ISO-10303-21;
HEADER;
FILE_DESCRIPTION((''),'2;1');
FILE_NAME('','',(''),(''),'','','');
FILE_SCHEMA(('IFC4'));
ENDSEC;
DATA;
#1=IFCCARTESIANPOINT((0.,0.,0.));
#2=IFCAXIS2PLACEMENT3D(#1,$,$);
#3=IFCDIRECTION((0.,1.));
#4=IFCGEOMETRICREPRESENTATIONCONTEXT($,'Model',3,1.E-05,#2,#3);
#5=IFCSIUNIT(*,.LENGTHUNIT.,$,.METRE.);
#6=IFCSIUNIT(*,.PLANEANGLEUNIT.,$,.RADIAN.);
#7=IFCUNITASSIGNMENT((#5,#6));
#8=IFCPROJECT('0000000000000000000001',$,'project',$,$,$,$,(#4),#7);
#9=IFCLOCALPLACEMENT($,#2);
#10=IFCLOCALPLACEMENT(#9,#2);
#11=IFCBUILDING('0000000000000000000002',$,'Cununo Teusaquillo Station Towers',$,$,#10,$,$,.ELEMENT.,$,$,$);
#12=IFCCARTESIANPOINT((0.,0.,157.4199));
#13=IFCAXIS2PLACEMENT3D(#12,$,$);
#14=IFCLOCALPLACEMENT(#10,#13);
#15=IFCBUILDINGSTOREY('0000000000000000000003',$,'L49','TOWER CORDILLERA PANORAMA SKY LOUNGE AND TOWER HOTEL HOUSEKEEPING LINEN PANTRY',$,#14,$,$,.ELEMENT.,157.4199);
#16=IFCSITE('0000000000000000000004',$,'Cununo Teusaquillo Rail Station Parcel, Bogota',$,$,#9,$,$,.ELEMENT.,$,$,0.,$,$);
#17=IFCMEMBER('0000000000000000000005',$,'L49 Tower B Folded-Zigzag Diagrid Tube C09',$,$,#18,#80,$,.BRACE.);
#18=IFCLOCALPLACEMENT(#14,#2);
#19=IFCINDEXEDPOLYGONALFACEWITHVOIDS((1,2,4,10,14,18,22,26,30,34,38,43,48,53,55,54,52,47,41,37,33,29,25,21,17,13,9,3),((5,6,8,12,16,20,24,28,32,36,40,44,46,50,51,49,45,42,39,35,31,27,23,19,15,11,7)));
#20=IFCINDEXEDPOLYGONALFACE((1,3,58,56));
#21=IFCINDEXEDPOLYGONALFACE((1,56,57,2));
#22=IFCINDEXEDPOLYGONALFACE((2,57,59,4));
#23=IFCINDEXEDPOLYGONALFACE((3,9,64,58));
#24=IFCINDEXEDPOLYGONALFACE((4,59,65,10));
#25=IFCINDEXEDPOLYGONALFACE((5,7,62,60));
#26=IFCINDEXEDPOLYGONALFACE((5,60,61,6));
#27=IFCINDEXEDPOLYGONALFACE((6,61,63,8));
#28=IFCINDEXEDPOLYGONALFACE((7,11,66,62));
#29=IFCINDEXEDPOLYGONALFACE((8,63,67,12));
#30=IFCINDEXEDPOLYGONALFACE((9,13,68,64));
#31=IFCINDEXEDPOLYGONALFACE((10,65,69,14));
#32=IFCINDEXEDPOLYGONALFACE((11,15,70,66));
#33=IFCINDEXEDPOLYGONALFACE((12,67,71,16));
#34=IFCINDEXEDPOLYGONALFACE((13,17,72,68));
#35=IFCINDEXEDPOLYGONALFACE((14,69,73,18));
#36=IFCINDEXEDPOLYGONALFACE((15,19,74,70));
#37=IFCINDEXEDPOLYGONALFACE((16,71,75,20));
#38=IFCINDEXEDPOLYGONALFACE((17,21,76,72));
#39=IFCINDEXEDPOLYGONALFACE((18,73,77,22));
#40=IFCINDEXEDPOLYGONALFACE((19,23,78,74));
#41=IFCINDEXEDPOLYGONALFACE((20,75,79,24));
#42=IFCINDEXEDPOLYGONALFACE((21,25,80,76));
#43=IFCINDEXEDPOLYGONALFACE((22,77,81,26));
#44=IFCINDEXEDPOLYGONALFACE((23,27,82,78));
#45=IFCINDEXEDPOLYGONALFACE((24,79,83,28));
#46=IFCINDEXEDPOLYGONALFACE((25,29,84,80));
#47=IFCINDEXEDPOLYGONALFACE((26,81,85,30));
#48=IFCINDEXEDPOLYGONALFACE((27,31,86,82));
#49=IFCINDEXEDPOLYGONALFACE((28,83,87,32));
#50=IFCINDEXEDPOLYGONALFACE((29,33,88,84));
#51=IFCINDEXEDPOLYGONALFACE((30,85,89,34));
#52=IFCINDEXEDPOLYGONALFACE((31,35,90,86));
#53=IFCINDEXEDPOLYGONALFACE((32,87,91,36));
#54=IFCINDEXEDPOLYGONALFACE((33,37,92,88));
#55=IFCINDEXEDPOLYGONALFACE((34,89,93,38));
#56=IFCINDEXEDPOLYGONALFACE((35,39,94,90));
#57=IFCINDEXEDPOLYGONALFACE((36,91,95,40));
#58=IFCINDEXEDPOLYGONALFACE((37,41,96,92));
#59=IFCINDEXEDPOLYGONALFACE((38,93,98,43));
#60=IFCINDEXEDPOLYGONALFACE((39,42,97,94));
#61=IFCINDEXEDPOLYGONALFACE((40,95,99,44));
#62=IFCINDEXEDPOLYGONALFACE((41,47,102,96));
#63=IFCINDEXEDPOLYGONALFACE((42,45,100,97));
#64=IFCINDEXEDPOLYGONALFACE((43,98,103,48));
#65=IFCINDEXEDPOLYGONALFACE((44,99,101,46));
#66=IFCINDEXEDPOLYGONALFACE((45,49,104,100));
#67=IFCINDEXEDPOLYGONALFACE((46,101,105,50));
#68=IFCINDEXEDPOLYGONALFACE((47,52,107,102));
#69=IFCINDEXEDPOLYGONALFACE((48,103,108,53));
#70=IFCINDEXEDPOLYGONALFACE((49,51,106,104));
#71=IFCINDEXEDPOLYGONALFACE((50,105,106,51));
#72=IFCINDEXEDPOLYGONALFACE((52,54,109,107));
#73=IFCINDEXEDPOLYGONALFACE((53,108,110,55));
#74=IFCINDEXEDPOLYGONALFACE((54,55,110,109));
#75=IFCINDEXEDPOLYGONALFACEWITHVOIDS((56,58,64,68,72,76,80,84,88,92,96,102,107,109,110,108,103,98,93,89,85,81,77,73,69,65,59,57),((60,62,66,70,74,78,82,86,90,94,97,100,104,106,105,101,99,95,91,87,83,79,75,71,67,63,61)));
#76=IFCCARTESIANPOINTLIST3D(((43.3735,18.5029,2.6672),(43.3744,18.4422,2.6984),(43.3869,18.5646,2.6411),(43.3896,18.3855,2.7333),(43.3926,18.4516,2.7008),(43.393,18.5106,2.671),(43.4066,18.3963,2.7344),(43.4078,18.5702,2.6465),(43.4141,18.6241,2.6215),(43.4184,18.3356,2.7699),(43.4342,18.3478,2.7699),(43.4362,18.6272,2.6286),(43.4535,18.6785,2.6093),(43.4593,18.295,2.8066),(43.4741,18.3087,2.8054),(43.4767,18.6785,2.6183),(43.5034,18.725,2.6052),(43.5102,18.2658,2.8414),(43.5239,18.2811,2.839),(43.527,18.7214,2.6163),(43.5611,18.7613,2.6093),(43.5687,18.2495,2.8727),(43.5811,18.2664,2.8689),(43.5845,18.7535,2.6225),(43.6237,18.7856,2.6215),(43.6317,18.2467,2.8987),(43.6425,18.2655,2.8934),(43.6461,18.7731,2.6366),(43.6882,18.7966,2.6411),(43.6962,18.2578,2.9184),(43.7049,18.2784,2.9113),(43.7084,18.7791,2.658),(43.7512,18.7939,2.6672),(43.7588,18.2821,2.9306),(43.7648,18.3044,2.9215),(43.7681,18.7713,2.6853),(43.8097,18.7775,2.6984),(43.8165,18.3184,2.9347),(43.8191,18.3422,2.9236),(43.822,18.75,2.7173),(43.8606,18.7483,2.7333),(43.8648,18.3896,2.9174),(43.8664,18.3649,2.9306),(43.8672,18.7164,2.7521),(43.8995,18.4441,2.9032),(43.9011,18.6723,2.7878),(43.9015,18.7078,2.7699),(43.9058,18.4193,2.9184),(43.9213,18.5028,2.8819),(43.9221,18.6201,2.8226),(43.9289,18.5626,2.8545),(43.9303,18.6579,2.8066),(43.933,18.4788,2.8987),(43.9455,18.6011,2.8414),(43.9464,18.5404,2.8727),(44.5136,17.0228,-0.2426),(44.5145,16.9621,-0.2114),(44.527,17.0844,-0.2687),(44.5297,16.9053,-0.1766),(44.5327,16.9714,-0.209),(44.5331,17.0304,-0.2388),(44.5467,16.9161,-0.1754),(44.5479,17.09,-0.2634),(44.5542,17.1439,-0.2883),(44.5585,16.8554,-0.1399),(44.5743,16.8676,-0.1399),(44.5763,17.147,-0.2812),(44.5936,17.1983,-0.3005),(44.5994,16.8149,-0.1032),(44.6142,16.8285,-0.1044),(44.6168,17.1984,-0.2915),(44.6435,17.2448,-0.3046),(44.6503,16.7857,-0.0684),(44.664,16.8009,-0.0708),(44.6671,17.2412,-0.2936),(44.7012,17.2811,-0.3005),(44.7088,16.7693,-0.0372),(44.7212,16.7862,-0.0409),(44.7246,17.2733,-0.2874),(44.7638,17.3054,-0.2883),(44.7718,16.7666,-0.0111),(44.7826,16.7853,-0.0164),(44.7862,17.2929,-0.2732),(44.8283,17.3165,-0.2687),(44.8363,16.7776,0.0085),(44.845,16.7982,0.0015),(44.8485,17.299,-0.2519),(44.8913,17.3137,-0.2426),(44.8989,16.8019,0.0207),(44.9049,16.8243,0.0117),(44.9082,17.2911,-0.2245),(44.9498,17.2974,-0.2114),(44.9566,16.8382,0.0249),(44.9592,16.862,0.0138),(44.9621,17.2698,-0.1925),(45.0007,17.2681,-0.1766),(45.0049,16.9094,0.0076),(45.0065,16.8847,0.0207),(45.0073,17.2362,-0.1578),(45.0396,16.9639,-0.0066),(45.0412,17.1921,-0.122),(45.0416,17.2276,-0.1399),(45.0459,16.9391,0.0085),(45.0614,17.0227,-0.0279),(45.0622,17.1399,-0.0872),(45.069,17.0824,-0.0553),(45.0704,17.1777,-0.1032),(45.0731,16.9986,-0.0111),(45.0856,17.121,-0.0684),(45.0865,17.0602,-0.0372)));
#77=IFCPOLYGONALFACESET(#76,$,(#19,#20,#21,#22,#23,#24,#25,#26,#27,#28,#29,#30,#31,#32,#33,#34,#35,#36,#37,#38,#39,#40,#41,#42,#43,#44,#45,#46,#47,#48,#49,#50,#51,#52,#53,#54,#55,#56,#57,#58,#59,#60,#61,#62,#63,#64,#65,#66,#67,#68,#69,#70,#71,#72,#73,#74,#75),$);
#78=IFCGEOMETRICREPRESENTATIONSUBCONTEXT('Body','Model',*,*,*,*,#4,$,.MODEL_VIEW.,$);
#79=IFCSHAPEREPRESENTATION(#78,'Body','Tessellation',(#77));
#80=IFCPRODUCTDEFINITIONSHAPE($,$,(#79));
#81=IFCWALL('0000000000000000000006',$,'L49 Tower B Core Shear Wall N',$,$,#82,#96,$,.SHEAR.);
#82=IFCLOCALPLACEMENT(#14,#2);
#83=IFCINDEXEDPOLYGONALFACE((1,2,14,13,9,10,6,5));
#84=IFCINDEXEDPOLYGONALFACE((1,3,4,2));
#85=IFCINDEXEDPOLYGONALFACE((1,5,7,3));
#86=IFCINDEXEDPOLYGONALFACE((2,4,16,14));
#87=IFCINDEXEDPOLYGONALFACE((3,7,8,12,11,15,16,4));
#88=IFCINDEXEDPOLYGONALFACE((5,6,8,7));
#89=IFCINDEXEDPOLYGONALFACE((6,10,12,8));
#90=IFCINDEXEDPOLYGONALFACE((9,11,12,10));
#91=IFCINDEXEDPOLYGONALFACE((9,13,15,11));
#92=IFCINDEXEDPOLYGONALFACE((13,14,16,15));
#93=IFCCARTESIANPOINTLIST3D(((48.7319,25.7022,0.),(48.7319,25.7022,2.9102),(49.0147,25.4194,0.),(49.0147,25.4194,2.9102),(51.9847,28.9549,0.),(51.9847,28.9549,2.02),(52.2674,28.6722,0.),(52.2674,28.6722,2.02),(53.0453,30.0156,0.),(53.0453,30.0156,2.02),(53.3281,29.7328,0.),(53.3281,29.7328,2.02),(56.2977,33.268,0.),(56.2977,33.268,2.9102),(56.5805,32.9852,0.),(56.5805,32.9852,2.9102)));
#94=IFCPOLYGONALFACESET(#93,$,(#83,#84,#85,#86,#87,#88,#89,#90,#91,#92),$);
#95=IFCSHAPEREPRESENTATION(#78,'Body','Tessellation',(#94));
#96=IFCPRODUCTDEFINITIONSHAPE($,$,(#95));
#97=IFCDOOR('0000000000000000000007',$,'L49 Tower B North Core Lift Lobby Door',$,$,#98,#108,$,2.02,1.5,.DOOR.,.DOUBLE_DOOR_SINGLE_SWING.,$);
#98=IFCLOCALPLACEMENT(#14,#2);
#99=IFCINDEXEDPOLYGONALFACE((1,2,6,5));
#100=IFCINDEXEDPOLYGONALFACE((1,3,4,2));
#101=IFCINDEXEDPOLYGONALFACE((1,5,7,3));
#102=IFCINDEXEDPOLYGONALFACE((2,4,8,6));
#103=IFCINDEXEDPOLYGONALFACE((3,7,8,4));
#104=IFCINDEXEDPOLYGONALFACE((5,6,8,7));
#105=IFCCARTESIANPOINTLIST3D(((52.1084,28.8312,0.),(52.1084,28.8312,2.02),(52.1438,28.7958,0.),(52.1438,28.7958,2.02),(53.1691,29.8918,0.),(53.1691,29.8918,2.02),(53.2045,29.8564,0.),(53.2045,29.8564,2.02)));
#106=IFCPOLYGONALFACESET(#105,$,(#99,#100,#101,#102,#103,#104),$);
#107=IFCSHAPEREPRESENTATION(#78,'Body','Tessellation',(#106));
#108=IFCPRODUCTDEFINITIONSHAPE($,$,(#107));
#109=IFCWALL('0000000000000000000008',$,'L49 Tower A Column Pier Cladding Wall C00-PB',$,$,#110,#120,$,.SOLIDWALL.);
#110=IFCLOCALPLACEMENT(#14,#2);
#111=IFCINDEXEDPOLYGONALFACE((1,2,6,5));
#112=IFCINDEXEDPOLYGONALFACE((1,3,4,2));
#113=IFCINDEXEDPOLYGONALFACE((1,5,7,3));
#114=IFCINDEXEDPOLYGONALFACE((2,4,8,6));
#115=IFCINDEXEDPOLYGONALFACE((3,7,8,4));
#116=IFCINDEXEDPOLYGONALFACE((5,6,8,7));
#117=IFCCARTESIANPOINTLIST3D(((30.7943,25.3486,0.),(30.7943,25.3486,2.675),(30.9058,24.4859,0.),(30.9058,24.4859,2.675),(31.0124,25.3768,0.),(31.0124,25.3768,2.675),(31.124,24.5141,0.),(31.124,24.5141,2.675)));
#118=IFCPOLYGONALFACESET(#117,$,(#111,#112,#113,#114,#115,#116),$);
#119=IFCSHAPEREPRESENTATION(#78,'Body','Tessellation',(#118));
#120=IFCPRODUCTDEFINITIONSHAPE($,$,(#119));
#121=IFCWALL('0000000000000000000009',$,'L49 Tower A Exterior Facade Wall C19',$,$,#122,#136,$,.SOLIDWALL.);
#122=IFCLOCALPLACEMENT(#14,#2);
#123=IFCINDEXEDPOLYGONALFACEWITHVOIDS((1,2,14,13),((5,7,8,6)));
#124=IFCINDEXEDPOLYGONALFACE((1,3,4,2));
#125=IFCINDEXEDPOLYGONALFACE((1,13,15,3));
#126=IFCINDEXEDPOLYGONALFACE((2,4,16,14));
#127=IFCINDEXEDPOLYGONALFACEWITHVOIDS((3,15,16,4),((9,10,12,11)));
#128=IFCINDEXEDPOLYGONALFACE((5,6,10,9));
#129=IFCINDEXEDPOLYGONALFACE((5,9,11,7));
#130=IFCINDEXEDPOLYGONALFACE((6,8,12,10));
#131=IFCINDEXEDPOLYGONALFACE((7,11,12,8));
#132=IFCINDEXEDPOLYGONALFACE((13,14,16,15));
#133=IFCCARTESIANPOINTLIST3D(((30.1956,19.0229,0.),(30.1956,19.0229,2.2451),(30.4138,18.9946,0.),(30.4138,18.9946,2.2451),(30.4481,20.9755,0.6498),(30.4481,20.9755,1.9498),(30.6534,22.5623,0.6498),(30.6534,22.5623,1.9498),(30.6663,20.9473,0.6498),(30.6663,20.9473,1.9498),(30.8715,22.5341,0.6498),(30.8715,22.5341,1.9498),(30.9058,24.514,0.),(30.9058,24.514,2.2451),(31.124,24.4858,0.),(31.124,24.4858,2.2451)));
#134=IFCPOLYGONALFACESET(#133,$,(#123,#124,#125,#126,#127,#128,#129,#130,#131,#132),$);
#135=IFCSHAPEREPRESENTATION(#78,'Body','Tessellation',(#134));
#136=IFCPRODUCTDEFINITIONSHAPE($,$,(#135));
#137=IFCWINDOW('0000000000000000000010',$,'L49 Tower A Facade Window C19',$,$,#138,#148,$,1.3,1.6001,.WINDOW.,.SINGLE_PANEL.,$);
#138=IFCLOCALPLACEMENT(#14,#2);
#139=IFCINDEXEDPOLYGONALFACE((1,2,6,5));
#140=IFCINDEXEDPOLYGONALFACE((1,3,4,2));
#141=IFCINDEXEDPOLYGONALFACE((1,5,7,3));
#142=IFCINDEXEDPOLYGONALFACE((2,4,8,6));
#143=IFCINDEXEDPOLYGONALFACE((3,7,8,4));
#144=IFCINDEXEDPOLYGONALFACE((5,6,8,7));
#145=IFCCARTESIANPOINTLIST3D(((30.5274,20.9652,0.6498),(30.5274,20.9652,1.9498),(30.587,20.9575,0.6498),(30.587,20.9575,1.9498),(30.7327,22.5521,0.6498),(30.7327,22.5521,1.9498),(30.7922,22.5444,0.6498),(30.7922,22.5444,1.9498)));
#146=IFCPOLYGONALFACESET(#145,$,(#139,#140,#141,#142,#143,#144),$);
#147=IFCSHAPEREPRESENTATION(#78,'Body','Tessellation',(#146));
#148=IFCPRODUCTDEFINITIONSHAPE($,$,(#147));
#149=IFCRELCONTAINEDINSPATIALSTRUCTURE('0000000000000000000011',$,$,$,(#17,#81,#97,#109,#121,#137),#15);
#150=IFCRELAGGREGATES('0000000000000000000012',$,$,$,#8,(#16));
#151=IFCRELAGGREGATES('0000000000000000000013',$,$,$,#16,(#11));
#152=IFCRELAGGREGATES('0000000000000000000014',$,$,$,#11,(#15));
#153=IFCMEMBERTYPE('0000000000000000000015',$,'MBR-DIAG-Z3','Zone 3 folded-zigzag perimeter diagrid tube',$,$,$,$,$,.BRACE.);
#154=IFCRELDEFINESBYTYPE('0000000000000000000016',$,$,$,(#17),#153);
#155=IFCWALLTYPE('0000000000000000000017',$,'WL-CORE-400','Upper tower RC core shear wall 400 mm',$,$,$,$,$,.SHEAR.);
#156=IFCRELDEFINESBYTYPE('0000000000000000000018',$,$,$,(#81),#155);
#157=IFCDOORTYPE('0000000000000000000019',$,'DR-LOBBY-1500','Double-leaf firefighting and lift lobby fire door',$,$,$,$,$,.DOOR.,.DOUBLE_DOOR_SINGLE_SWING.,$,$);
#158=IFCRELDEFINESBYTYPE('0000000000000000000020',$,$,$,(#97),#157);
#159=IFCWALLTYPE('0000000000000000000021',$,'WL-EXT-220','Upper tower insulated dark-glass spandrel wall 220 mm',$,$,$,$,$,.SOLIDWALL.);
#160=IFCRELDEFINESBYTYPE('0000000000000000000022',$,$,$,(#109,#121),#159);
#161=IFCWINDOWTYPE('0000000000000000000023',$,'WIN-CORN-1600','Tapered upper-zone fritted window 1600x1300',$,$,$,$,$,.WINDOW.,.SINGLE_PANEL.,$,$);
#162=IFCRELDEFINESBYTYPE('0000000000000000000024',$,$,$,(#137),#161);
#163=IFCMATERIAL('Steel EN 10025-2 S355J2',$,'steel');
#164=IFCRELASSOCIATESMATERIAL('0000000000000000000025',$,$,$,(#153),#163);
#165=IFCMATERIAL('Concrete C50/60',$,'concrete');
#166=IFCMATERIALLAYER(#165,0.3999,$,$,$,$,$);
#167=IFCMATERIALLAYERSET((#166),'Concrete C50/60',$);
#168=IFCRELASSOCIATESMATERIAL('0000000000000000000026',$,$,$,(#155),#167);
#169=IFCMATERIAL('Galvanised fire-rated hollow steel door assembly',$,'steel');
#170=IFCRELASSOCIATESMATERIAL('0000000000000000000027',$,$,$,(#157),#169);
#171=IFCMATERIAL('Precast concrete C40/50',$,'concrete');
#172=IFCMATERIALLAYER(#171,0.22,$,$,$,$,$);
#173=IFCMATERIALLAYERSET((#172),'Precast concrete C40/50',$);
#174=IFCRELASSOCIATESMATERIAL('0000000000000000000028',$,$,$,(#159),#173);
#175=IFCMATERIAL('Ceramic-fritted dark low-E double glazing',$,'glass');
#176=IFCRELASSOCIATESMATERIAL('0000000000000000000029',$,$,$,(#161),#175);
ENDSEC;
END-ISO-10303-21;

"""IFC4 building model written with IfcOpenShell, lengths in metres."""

from ifc_helpers import new_model, si_unit, direction, frame, frame_2d, origin, origin_2d, place, context, subcontext, project, spatial, rectangle, hollow_circle, extrude, source, transform, mapped, material, layer, layer_set, material_profile, profile_set, type_object, element, fill, save


model = new_model("IFC4")

# Units and contexts
model_context = context("Model", 3, precision=1e-05, world=origin(), true_north=direction((0.0, 1.0)))
body_context = subcontext(model_context, "Body", "Model", "MODEL_VIEW")
ifc_project = project(units=[si_unit("LENGTHUNIT", "METRE"), si_unit("PLANEANGLEUNIT", "RADIAN")], contexts=[model_context])

# Site, building, storey
site_placement = place(None, origin())
site = spatial("IfcSite", under=ifc_project, at=site_placement, Name="Cununo Teusaquillo Rail Station Parcel, Bogota", CompositionType="ELEMENT", RefElevation=0.0)
building_placement = place(site_placement, origin())
building = spatial("IfcBuilding", under=site, at=building_placement, Name="Cununo Teusaquillo Station Towers", CompositionType="ELEMENT")
storey_placement = place(building_placement, frame((0.0, 0.0, 157.4199)))
storey = spatial("IfcBuildingStorey", under=building, at=storey_placement, Name="L49", Description="TOWER CORDILLERA PANORAMA SKY LOUNGE AND TOWER HOTEL HOUSEKEEPING LINEN PANTRY", CompositionType="ELEMENT", Elevation=157.4199)

# Member
ifc_material_1 = material(Name="Steel EN 10025-2 S355J2", Category="steel")
ifc_material_profile_1 = material_profile(ifc_material_1, hollow_circle(Radius=0.3049, WallThickness=0.02, at=origin_2d()), Name="CHS 610x20")
ifc_profile_set_1 = profile_set([ifc_material_profile_1], Name="Steel EN 10025-2 S355J2")
member_type_1 = type_object("IfcMemberType", Name="MBR-DIAG-Z3", Description="Zone 3 folded-zigzag perimeter diagrid tube", PredefinedType="BRACE", material=ifc_profile_set_1)
member_1_placement = place(storey_placement, frame((44.8, 17.0415, -0.1399), z_axis=(-0.329699, 0.428044, 0.841473), x_axis=(-0.792235, -0.610216, 0.0)))
element("IfcMember", 1, at=member_1_placement, inside=storey, type_object=member_type_1, Name="L49 Tower B Folded-Zigzag Diagrid Tube C09", PredefinedType="BRACE", context=body_context, shape_type="SweptSolid", body=[
    extrude(hollow_circle(Radius=0.3049, WallThickness=0.02, at=origin_2d()), origin(), (0.0, 0.0, 1.0), 3.458),
])

# Wall, opening, door
ifc_material_2 = material(Name="Concrete C50/60", Category="concrete")
ifc_layer_1 = layer(ifc_material_2, 0.3999)
ifc_layer_set_1 = layer_set([ifc_layer_1], Name="Concrete C50/60")
wall_type_1 = type_object("IfcWallType", Name="WL-CORE-400", Description="Upper tower RC core shear wall 400 mm", PredefinedType="SHEAR", material=ifc_layer_set_1)
wall_1_placement = place(storey_placement, frame((48.8733, 25.5608, 0.0), z_axis=(0.0, 0.0, 1.0), x_axis=(0.707107, 0.707107, 0.0)))
wall_1 = element("IfcWall", 2, at=wall_1_placement, inside=storey, type_object=wall_type_1, Name="L49 Tower B Core Shear Wall N", PredefinedType="SHEAR", context=body_context, shape_type="SweptSolid", body=[
    extrude(rectangle(XDim=10.6997, YDim=0.3999, at=frame_2d((5.3499, 0.0))), origin(), (0.0, 0.0, 1.0), 2.9102),
])
shared_shape_1 = source(origin(), body_context, "Body", "SweptSolid", [
    extrude(rectangle(XDim=1.5, YDim=2.02, at=frame_2d((0.75, 1.01))), frame((0.0, 0.21, 0.0), z_axis=(0.0, -1.0, 0.0), x_axis=(1.0, 0.0, 0.0)), (0.0, 0.0, 1.0), 0.4199),
])
opening_1_placement = place(wall_1_placement, frame((4.6001, 0.0, 0.0)))
opening_1 = element("IfcOpeningElement", 3, at=opening_1_placement, cuts=wall_1, PredefinedType="OPENING", context=body_context, shape_type="MappedRepresentation", body=[
    mapped(shared_shape_1, transform((0.0, 0.0, 0.0), x_axis=(1.0, 0.0, 0.0), y_axis=(0.0, 1.0, 0.0), z_axis=(0.0, 0.0, 1.0), scale=1.0)),
])
ifc_material_3 = material(Name="Galvanised fire-rated hollow steel door assembly", Category="steel")
door_type_1 = type_object("IfcDoorType", Name="DR-LOBBY-1500", Description="Double-leaf firefighting and lift lobby fire door", OperationType="DOUBLE_DOOR_SINGLE_SWING", PredefinedType="DOOR", material=ifc_material_3)
shared_shape_2 = source(origin(), body_context, "Body", "SweptSolid", [
    extrude(rectangle(XDim=1.5, YDim=2.02, at=frame_2d((0.75, 1.01))), frame((0.0, 0.0249, 0.0), z_axis=(0.0, -1.0, 0.0), x_axis=(1.0, 0.0, 0.0)), (0.0, 0.0, 1.0), 0.05),
])
door_1_placement = place(opening_1_placement, origin())
door_1 = element("IfcDoor", 4, at=door_1_placement, inside=storey, type_object=door_type_1, Name="L49 Tower B North Core Lift Lobby Door", OperationType="DOUBLE_DOOR_SINGLE_SWING", OverallHeight=2.02, OverallWidth=1.5, PredefinedType="DOOR", context=body_context, shape_type="MappedRepresentation", body=[
    mapped(shared_shape_2, transform((0.0, 0.0, 0.0), x_axis=(1.0, 0.0, 0.0), y_axis=(0.0, 1.0, 0.0), z_axis=(0.0, 0.0, 1.0), scale=1.0)),
])
fill(opening_1, door_1)

# Wall
ifc_material_4 = material(Name="Precast concrete C40/50", Category="concrete")
ifc_layer_2 = layer(ifc_material_4, 0.22)
ifc_layer_set_2 = layer_set([ifc_layer_2], Name="Precast concrete C40/50")
wall_type_2 = type_object("IfcWallType", Name="WL-EXT-220", Description="Upper tower insulated dark-glass spandrel wall 220 mm", PredefinedType="SOLIDWALL", material=ifc_layer_set_2)
wall_2_placement = place(storey_placement, frame((30.9033, 25.3628, 0.0), z_axis=(0.0, 0.0, 1.0), x_axis=(0.128247, -0.991742, 0.0)))
element("IfcWall", 5, at=wall_2_placement, inside=storey, type_object=wall_type_2, Name="L49 Tower A Column Pier Cladding Wall C00-PB", PredefinedType="SOLIDWALL", context=body_context, shape_type="SweptSolid", body=[
    extrude(rectangle(XDim=0.8699, YDim=0.22, at=frame_2d((0.4351, 0.0))), origin(), (0.0, 0.0, 1.0), 2.675),
])

# Wall, opening, window
wall_3_placement = place(storey_placement, frame((31.0149, 24.5, 0.0), z_axis=(0.0, 0.0, 1.0), x_axis=(-0.128267, -0.99174, 0.0)))
wall_3 = element("IfcWall", 6, at=wall_3_placement, inside=storey, type_object=wall_type_2, Name="L49 Tower A Exterior Facade Wall C19", PredefinedType="SOLIDWALL", context=body_context, shape_type="SweptSolid", body=[
    extrude(rectangle(XDim=5.5369, YDim=0.22, at=frame_2d((2.7686, 0.0))), origin(), (0.0, 0.0, 1.0), 2.2451),
])
shared_shape_3 = source(origin(), body_context, "Body", "SweptSolid", [
    extrude(rectangle(XDim=1.6001, YDim=1.3, at=frame_2d((0.8, 0.6499))), frame((0.0, 0.1199, 0.0), z_axis=(0.0, -1.0, 0.0), x_axis=(1.0, 0.0, 0.0)), (0.0, 0.0, 1.0), 0.24),
])
opening_2_placement = place(wall_3_placement, frame((1.968, 0.0, 0.6499)))
opening_2 = element("IfcOpeningElement", 7, at=opening_2_placement, cuts=wall_3, PredefinedType="OPENING", context=body_context, shape_type="MappedRepresentation", body=[
    mapped(shared_shape_3, transform((0.0, 0.0, 0.0), x_axis=(1.0, 0.0, 0.0), y_axis=(0.0, 1.0, 0.0), z_axis=(0.0, 0.0, 1.0), scale=1.0)),
])
ifc_material_5 = material(Name="Ceramic-fritted dark low-E double glazing", Category="glass")
window_type = type_object("IfcWindowType", Name="WIN-CORN-1600", Description="Tapered upper-zone fritted window 1600x1300", PartitioningType="SINGLE_PANEL", PredefinedType="WINDOW", material=ifc_material_5)
shared_shape_4 = source(origin(), body_context, "Body", "SweptSolid", [
    extrude(rectangle(XDim=1.6001, YDim=1.3, at=frame_2d((0.8, 0.6499))), frame((0.0, 0.03, 0.0), z_axis=(0.0, -1.0, 0.0), x_axis=(1.0, 0.0, 0.0)), (0.0, 0.0, 1.0), 0.0601),
])
window_1_placement = place(opening_2_placement, origin())
window_1 = element("IfcWindow", 8, at=window_1_placement, inside=storey, type_object=window_type, Name="L49 Tower A Facade Window C19", OverallHeight=1.3, OverallWidth=1.6001, PartitioningType="SINGLE_PANEL", PredefinedType="WINDOW", context=body_context, shape_type="MappedRepresentation", body=[
    mapped(shared_shape_4, transform((0.0, 0.0, 0.0), x_axis=(1.0, 0.0, 0.0), y_axis=(0.0, 1.0, 0.0), z_axis=(0.0, 0.0, 1.0), scale=1.0)),
])
fill(opening_2, window_1)

save(model, "model.ifc")
